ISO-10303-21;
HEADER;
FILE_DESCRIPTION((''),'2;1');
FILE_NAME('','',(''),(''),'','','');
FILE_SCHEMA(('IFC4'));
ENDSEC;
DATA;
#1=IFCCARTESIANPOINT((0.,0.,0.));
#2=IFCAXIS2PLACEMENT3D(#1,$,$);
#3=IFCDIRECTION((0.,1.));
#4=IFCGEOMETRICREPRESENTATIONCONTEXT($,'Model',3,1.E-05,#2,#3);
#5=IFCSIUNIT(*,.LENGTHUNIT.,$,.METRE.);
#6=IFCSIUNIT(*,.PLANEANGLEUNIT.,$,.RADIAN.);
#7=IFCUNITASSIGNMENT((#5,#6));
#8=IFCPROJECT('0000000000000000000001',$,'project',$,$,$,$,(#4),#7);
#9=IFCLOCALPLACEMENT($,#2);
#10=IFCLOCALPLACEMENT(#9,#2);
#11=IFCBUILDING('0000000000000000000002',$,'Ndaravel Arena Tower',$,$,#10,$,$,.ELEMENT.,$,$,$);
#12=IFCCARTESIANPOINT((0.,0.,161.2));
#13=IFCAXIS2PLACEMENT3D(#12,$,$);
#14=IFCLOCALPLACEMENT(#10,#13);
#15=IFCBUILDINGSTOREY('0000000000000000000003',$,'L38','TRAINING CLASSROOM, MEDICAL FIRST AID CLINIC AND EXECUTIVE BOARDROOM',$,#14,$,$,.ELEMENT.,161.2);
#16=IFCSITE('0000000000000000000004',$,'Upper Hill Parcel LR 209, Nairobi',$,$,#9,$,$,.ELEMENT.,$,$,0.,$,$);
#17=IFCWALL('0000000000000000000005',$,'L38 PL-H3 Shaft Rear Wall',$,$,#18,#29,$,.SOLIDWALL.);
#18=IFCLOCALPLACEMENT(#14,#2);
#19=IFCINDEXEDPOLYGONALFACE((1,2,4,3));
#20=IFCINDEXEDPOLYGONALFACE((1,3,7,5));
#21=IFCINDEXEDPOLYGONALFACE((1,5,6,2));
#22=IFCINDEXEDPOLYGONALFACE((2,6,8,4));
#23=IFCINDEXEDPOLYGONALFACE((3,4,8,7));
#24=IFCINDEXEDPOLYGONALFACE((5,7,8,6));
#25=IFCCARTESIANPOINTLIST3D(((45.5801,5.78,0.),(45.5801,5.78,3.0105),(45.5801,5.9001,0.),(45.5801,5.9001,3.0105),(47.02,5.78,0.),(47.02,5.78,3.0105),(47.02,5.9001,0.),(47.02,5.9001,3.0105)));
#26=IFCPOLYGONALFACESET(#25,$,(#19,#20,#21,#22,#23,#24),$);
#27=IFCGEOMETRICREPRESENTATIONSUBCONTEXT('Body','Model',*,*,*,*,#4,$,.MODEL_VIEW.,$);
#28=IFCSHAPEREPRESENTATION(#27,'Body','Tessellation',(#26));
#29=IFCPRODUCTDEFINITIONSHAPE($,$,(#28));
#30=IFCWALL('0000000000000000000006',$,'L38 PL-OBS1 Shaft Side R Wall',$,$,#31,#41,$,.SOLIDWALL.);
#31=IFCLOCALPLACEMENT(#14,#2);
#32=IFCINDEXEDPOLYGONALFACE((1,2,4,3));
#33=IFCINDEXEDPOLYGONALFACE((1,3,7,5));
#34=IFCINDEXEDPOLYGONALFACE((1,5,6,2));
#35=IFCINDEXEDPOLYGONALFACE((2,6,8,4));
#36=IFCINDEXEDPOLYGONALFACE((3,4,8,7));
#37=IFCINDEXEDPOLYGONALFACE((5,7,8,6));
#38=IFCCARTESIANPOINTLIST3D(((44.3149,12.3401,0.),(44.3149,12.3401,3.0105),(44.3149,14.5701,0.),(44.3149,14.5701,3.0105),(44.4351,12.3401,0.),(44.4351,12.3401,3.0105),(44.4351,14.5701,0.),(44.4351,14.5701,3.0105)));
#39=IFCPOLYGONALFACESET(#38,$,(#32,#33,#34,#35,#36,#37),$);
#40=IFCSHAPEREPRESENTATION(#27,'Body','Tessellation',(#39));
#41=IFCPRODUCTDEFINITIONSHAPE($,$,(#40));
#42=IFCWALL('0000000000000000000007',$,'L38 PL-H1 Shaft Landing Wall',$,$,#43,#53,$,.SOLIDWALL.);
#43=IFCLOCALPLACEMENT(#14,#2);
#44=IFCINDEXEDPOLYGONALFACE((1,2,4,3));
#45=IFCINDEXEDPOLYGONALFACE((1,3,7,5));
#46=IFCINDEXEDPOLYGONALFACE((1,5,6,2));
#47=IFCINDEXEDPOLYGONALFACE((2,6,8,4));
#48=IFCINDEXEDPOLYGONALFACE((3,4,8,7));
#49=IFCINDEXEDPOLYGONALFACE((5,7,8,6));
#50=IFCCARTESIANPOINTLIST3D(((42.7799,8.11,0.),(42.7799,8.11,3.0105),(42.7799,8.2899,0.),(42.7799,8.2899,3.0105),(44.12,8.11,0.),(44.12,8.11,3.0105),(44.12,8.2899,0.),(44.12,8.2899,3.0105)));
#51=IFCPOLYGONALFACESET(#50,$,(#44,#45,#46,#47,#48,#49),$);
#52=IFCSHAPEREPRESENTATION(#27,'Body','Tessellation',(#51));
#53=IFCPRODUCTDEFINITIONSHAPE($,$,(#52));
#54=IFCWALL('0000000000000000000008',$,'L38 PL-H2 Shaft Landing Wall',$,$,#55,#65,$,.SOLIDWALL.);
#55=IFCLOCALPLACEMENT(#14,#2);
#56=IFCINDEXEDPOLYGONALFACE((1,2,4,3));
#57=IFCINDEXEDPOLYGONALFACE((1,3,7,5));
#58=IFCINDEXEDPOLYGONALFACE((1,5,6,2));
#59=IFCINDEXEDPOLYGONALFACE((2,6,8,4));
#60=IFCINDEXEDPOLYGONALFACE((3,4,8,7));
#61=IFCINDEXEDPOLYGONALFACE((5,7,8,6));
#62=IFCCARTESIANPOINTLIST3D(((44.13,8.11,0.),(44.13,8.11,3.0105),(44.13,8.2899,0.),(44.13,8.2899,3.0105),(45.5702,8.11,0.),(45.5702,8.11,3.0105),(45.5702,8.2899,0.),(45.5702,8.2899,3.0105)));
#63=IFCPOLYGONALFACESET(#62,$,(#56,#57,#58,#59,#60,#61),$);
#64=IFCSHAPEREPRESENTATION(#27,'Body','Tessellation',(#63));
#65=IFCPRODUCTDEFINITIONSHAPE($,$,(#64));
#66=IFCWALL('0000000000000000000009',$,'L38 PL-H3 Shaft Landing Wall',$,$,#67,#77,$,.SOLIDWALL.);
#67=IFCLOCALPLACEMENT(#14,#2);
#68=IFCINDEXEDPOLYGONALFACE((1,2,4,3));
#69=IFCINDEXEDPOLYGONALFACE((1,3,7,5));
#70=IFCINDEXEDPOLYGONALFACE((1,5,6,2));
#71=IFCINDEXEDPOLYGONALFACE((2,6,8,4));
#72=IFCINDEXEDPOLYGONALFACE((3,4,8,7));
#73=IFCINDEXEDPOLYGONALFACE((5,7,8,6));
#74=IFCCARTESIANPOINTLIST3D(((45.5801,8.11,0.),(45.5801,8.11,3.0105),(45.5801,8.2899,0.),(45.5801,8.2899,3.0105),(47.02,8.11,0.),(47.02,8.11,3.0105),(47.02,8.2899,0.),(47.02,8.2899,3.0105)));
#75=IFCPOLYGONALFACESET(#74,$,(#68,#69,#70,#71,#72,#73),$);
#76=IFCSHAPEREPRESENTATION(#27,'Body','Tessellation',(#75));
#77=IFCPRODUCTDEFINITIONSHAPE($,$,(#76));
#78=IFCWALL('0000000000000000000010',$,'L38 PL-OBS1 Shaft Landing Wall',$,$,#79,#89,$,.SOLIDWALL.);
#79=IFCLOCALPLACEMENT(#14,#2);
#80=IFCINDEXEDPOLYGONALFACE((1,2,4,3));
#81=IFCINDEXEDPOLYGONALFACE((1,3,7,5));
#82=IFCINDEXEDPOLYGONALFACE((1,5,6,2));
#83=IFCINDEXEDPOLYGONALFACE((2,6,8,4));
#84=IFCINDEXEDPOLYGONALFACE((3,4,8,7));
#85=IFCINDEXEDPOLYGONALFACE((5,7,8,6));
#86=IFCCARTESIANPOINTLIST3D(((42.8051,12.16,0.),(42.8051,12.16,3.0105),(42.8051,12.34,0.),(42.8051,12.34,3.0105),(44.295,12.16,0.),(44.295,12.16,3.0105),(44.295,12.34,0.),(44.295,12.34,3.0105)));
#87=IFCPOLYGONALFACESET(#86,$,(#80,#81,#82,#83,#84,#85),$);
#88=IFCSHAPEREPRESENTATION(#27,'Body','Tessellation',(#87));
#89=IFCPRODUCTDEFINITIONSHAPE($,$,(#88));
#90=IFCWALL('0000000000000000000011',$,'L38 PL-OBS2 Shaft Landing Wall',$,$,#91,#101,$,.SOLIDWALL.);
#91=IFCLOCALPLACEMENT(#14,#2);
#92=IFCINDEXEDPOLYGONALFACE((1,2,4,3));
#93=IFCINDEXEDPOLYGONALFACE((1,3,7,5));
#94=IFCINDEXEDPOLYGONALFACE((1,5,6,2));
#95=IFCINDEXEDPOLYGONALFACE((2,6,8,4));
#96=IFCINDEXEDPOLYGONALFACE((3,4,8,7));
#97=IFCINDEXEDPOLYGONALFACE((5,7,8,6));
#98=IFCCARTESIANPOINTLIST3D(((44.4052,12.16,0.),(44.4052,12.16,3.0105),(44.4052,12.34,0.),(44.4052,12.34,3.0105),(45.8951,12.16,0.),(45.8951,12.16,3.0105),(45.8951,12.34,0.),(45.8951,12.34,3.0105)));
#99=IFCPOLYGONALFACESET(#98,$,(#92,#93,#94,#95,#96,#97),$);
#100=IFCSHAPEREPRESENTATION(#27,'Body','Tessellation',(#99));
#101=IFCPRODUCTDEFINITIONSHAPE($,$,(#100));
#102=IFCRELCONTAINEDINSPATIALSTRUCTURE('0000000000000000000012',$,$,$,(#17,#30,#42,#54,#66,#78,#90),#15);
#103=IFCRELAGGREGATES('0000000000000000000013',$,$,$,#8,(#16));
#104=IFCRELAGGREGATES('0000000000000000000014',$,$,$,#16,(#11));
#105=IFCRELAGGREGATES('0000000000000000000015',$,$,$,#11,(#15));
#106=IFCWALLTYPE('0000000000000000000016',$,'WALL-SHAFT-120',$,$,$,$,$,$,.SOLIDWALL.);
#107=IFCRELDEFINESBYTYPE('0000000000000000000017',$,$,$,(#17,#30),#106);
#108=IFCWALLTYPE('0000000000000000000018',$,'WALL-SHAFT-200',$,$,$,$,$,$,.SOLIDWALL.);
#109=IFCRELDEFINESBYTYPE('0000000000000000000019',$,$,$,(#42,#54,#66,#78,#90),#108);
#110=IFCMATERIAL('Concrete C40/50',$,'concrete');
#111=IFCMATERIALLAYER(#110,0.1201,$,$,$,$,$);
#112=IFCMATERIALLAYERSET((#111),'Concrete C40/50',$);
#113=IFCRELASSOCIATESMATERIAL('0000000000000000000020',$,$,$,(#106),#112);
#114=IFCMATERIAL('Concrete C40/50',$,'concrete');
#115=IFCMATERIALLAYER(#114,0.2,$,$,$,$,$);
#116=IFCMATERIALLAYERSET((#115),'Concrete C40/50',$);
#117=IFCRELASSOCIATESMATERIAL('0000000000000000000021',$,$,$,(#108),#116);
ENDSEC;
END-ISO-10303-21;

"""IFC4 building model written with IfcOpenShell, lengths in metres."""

from ifc_helpers import new_model, si_unit, direction, frame, frame_2d, origin, place, context, subcontext, project, spatial, rectangle, extrude, material, layer, layer_set, type_object, element, save


model = new_model("IFC4")

# Units and contexts
model_context = context("Model", 3, precision=1e-05, world=origin(), true_north=direction((0.0, 1.0)))
body_context = subcontext(model_context, "Body", "Model", "MODEL_VIEW")
ifc_project = project(units=[si_unit("LENGTHUNIT", "METRE"), si_unit("PLANEANGLEUNIT", "RADIAN")], contexts=[model_context])

# Site, building, storey
site_placement = place(None, origin())
site = spatial("IfcSite", under=ifc_project, at=site_placement, Name="Upper Hill Parcel LR 209, Nairobi", CompositionType="ELEMENT", RefElevation=0.0)
building_placement = place(site_placement, origin())
building = spatial("IfcBuilding", under=site, at=building_placement, Name="Ndaravel Arena Tower", CompositionType="ELEMENT")
storey_placement = place(building_placement, frame((0.0, 0.0, 161.2)))
storey = spatial("IfcBuildingStorey", under=building, at=storey_placement, Name="L38", Description="TRAINING CLASSROOM, MEDICAL FIRST AID CLINIC AND EXECUTIVE BOARDROOM", CompositionType="ELEMENT", Elevation=161.2)

# Walls
ifc_material_1 = material(Name="Concrete C40/50", Category="concrete")
ifc_layer_1 = layer(ifc_material_1, 0.1201)
ifc_layer_set_1 = layer_set([ifc_layer_1], Name="Concrete C40/50")
wall_type_1 = type_object("IfcWallType", Name="WALL-SHAFT-120", PredefinedType="SOLIDWALL", material=ifc_layer_set_1)
wall_1_placement = place(storey_placement, frame((45.5801, 5.8401, 0.0), z_axis=(0.0, 0.0, 1.0), x_axis=(1.0, 0.0, 0.0)))
element("IfcWall", 1, at=wall_1_placement, inside=storey, type_object=wall_type_1, Name="L38 PL-H3 Shaft Rear Wall", PredefinedType="SOLIDWALL", context=body_context, shape_type="SweptSolid", body=[
    extrude(rectangle(XDim=1.4399, YDim=0.1201, at=frame_2d((0.72, 0.0))), origin(), (0.0, 0.0, 1.0), 3.0105),
])
wall_2_placement = place(storey_placement, frame((44.375, 12.3401, 0.0), z_axis=(0.0, 0.0, 1.0), x_axis=(0.0, 1.0, 0.0)))
element("IfcWall", 2, at=wall_2_placement, inside=storey, type_object=wall_type_1, Name="L38 PL-OBS1 Shaft Side R Wall", PredefinedType="SOLIDWALL", context=body_context, shape_type="SweptSolid", body=[
    extrude(rectangle(XDim=2.23, YDim=0.1201, at=frame_2d((1.115, 0.0))), origin(), (0.0, 0.0, 1.0), 3.0105),
])
ifc_material_2 = material(Name="Concrete C40/50", Category="concrete")
ifc_layer_2 = layer(ifc_material_2, 0.2)
ifc_layer_set_2 = layer_set([ifc_layer_2], Name="Concrete C40/50")
wall_type_2 = type_object("IfcWallType", Name="WALL-SHAFT-200", PredefinedType="SOLIDWALL", material=ifc_layer_set_2)
wall_3_placement = place(storey_placement, frame((42.78, 8.2, 0.0), z_axis=(0.0, 0.0, 1.0), x_axis=(1.0, 0.0, 0.0)))
element("IfcWall", 3, at=wall_3_placement, inside=storey, type_object=wall_type_2, Name="L38 PL-H1 Shaft Landing Wall", PredefinedType="SOLIDWALL", context=body_context, shape_type="SweptSolid", body=[
    extrude(rectangle(XDim=1.3401, YDim=0.1799, at=frame_2d((0.6699, 0.0))), origin(), (0.0, 0.0, 1.0), 3.0105),
])
wall_4_placement = place(storey_placement, frame((44.1299, 8.2, 0.0), z_axis=(0.0, 0.0, 1.0), x_axis=(1.0, 0.0, 0.0)))
element("IfcWall", 4, at=wall_4_placement, inside=storey, type_object=wall_type_2, Name="L38 PL-H2 Shaft Landing Wall", PredefinedType="SOLIDWALL", context=body_context, shape_type="SweptSolid", body=[
    extrude(rectangle(XDim=1.4402, YDim=0.1799, at=frame_2d((0.7202, 0.0))), origin(), (0.0, 0.0, 1.0), 3.0105),
])
wall_5_placement = place(storey_placement, frame((45.5801, 8.2, 0.0), z_axis=(0.0, 0.0, 1.0), x_axis=(1.0, 0.0, 0.0)))
element("IfcWall", 5, at=wall_5_placement, inside=storey, type_object=wall_type_2, Name="L38 PL-H3 Shaft Landing Wall", PredefinedType="SOLIDWALL", context=body_context, shape_type="SweptSolid", body=[
    extrude(rectangle(XDim=1.4399, YDim=0.1799, at=frame_2d((0.72, 0.0))), origin(), (0.0, 0.0, 1.0), 3.0105),
])
for number, where, z_axis, x_axis, name in (
    (6, (42.8049, 12.25, 0.0), (0.0, 0.0, 1.0), (1.0, 0.0, 0.0), "L38 PL-OBS1 Shaft Landing Wall"),
    (7, (44.405, 12.25, 0.0), (0.0, 0.0, 1.0), (1.0, 0.0, 0.0), "L38 PL-OBS2 Shaft Landing Wall"),
):
    element("IfcWall", number, at=place(storey_placement, frame(where, z_axis=z_axis, x_axis=x_axis)), inside=storey, type_object=wall_type_2, Name=name, PredefinedType="SOLIDWALL", context=body_context, shape_type="SweptSolid", body=[
        extrude(rectangle(XDim=1.49, YDim=0.1799, at=frame_2d((0.7451, 0.0))), origin(), (0.0, 0.0, 1.0), 3.0105),
    ])

save(model, "model.ifc")
